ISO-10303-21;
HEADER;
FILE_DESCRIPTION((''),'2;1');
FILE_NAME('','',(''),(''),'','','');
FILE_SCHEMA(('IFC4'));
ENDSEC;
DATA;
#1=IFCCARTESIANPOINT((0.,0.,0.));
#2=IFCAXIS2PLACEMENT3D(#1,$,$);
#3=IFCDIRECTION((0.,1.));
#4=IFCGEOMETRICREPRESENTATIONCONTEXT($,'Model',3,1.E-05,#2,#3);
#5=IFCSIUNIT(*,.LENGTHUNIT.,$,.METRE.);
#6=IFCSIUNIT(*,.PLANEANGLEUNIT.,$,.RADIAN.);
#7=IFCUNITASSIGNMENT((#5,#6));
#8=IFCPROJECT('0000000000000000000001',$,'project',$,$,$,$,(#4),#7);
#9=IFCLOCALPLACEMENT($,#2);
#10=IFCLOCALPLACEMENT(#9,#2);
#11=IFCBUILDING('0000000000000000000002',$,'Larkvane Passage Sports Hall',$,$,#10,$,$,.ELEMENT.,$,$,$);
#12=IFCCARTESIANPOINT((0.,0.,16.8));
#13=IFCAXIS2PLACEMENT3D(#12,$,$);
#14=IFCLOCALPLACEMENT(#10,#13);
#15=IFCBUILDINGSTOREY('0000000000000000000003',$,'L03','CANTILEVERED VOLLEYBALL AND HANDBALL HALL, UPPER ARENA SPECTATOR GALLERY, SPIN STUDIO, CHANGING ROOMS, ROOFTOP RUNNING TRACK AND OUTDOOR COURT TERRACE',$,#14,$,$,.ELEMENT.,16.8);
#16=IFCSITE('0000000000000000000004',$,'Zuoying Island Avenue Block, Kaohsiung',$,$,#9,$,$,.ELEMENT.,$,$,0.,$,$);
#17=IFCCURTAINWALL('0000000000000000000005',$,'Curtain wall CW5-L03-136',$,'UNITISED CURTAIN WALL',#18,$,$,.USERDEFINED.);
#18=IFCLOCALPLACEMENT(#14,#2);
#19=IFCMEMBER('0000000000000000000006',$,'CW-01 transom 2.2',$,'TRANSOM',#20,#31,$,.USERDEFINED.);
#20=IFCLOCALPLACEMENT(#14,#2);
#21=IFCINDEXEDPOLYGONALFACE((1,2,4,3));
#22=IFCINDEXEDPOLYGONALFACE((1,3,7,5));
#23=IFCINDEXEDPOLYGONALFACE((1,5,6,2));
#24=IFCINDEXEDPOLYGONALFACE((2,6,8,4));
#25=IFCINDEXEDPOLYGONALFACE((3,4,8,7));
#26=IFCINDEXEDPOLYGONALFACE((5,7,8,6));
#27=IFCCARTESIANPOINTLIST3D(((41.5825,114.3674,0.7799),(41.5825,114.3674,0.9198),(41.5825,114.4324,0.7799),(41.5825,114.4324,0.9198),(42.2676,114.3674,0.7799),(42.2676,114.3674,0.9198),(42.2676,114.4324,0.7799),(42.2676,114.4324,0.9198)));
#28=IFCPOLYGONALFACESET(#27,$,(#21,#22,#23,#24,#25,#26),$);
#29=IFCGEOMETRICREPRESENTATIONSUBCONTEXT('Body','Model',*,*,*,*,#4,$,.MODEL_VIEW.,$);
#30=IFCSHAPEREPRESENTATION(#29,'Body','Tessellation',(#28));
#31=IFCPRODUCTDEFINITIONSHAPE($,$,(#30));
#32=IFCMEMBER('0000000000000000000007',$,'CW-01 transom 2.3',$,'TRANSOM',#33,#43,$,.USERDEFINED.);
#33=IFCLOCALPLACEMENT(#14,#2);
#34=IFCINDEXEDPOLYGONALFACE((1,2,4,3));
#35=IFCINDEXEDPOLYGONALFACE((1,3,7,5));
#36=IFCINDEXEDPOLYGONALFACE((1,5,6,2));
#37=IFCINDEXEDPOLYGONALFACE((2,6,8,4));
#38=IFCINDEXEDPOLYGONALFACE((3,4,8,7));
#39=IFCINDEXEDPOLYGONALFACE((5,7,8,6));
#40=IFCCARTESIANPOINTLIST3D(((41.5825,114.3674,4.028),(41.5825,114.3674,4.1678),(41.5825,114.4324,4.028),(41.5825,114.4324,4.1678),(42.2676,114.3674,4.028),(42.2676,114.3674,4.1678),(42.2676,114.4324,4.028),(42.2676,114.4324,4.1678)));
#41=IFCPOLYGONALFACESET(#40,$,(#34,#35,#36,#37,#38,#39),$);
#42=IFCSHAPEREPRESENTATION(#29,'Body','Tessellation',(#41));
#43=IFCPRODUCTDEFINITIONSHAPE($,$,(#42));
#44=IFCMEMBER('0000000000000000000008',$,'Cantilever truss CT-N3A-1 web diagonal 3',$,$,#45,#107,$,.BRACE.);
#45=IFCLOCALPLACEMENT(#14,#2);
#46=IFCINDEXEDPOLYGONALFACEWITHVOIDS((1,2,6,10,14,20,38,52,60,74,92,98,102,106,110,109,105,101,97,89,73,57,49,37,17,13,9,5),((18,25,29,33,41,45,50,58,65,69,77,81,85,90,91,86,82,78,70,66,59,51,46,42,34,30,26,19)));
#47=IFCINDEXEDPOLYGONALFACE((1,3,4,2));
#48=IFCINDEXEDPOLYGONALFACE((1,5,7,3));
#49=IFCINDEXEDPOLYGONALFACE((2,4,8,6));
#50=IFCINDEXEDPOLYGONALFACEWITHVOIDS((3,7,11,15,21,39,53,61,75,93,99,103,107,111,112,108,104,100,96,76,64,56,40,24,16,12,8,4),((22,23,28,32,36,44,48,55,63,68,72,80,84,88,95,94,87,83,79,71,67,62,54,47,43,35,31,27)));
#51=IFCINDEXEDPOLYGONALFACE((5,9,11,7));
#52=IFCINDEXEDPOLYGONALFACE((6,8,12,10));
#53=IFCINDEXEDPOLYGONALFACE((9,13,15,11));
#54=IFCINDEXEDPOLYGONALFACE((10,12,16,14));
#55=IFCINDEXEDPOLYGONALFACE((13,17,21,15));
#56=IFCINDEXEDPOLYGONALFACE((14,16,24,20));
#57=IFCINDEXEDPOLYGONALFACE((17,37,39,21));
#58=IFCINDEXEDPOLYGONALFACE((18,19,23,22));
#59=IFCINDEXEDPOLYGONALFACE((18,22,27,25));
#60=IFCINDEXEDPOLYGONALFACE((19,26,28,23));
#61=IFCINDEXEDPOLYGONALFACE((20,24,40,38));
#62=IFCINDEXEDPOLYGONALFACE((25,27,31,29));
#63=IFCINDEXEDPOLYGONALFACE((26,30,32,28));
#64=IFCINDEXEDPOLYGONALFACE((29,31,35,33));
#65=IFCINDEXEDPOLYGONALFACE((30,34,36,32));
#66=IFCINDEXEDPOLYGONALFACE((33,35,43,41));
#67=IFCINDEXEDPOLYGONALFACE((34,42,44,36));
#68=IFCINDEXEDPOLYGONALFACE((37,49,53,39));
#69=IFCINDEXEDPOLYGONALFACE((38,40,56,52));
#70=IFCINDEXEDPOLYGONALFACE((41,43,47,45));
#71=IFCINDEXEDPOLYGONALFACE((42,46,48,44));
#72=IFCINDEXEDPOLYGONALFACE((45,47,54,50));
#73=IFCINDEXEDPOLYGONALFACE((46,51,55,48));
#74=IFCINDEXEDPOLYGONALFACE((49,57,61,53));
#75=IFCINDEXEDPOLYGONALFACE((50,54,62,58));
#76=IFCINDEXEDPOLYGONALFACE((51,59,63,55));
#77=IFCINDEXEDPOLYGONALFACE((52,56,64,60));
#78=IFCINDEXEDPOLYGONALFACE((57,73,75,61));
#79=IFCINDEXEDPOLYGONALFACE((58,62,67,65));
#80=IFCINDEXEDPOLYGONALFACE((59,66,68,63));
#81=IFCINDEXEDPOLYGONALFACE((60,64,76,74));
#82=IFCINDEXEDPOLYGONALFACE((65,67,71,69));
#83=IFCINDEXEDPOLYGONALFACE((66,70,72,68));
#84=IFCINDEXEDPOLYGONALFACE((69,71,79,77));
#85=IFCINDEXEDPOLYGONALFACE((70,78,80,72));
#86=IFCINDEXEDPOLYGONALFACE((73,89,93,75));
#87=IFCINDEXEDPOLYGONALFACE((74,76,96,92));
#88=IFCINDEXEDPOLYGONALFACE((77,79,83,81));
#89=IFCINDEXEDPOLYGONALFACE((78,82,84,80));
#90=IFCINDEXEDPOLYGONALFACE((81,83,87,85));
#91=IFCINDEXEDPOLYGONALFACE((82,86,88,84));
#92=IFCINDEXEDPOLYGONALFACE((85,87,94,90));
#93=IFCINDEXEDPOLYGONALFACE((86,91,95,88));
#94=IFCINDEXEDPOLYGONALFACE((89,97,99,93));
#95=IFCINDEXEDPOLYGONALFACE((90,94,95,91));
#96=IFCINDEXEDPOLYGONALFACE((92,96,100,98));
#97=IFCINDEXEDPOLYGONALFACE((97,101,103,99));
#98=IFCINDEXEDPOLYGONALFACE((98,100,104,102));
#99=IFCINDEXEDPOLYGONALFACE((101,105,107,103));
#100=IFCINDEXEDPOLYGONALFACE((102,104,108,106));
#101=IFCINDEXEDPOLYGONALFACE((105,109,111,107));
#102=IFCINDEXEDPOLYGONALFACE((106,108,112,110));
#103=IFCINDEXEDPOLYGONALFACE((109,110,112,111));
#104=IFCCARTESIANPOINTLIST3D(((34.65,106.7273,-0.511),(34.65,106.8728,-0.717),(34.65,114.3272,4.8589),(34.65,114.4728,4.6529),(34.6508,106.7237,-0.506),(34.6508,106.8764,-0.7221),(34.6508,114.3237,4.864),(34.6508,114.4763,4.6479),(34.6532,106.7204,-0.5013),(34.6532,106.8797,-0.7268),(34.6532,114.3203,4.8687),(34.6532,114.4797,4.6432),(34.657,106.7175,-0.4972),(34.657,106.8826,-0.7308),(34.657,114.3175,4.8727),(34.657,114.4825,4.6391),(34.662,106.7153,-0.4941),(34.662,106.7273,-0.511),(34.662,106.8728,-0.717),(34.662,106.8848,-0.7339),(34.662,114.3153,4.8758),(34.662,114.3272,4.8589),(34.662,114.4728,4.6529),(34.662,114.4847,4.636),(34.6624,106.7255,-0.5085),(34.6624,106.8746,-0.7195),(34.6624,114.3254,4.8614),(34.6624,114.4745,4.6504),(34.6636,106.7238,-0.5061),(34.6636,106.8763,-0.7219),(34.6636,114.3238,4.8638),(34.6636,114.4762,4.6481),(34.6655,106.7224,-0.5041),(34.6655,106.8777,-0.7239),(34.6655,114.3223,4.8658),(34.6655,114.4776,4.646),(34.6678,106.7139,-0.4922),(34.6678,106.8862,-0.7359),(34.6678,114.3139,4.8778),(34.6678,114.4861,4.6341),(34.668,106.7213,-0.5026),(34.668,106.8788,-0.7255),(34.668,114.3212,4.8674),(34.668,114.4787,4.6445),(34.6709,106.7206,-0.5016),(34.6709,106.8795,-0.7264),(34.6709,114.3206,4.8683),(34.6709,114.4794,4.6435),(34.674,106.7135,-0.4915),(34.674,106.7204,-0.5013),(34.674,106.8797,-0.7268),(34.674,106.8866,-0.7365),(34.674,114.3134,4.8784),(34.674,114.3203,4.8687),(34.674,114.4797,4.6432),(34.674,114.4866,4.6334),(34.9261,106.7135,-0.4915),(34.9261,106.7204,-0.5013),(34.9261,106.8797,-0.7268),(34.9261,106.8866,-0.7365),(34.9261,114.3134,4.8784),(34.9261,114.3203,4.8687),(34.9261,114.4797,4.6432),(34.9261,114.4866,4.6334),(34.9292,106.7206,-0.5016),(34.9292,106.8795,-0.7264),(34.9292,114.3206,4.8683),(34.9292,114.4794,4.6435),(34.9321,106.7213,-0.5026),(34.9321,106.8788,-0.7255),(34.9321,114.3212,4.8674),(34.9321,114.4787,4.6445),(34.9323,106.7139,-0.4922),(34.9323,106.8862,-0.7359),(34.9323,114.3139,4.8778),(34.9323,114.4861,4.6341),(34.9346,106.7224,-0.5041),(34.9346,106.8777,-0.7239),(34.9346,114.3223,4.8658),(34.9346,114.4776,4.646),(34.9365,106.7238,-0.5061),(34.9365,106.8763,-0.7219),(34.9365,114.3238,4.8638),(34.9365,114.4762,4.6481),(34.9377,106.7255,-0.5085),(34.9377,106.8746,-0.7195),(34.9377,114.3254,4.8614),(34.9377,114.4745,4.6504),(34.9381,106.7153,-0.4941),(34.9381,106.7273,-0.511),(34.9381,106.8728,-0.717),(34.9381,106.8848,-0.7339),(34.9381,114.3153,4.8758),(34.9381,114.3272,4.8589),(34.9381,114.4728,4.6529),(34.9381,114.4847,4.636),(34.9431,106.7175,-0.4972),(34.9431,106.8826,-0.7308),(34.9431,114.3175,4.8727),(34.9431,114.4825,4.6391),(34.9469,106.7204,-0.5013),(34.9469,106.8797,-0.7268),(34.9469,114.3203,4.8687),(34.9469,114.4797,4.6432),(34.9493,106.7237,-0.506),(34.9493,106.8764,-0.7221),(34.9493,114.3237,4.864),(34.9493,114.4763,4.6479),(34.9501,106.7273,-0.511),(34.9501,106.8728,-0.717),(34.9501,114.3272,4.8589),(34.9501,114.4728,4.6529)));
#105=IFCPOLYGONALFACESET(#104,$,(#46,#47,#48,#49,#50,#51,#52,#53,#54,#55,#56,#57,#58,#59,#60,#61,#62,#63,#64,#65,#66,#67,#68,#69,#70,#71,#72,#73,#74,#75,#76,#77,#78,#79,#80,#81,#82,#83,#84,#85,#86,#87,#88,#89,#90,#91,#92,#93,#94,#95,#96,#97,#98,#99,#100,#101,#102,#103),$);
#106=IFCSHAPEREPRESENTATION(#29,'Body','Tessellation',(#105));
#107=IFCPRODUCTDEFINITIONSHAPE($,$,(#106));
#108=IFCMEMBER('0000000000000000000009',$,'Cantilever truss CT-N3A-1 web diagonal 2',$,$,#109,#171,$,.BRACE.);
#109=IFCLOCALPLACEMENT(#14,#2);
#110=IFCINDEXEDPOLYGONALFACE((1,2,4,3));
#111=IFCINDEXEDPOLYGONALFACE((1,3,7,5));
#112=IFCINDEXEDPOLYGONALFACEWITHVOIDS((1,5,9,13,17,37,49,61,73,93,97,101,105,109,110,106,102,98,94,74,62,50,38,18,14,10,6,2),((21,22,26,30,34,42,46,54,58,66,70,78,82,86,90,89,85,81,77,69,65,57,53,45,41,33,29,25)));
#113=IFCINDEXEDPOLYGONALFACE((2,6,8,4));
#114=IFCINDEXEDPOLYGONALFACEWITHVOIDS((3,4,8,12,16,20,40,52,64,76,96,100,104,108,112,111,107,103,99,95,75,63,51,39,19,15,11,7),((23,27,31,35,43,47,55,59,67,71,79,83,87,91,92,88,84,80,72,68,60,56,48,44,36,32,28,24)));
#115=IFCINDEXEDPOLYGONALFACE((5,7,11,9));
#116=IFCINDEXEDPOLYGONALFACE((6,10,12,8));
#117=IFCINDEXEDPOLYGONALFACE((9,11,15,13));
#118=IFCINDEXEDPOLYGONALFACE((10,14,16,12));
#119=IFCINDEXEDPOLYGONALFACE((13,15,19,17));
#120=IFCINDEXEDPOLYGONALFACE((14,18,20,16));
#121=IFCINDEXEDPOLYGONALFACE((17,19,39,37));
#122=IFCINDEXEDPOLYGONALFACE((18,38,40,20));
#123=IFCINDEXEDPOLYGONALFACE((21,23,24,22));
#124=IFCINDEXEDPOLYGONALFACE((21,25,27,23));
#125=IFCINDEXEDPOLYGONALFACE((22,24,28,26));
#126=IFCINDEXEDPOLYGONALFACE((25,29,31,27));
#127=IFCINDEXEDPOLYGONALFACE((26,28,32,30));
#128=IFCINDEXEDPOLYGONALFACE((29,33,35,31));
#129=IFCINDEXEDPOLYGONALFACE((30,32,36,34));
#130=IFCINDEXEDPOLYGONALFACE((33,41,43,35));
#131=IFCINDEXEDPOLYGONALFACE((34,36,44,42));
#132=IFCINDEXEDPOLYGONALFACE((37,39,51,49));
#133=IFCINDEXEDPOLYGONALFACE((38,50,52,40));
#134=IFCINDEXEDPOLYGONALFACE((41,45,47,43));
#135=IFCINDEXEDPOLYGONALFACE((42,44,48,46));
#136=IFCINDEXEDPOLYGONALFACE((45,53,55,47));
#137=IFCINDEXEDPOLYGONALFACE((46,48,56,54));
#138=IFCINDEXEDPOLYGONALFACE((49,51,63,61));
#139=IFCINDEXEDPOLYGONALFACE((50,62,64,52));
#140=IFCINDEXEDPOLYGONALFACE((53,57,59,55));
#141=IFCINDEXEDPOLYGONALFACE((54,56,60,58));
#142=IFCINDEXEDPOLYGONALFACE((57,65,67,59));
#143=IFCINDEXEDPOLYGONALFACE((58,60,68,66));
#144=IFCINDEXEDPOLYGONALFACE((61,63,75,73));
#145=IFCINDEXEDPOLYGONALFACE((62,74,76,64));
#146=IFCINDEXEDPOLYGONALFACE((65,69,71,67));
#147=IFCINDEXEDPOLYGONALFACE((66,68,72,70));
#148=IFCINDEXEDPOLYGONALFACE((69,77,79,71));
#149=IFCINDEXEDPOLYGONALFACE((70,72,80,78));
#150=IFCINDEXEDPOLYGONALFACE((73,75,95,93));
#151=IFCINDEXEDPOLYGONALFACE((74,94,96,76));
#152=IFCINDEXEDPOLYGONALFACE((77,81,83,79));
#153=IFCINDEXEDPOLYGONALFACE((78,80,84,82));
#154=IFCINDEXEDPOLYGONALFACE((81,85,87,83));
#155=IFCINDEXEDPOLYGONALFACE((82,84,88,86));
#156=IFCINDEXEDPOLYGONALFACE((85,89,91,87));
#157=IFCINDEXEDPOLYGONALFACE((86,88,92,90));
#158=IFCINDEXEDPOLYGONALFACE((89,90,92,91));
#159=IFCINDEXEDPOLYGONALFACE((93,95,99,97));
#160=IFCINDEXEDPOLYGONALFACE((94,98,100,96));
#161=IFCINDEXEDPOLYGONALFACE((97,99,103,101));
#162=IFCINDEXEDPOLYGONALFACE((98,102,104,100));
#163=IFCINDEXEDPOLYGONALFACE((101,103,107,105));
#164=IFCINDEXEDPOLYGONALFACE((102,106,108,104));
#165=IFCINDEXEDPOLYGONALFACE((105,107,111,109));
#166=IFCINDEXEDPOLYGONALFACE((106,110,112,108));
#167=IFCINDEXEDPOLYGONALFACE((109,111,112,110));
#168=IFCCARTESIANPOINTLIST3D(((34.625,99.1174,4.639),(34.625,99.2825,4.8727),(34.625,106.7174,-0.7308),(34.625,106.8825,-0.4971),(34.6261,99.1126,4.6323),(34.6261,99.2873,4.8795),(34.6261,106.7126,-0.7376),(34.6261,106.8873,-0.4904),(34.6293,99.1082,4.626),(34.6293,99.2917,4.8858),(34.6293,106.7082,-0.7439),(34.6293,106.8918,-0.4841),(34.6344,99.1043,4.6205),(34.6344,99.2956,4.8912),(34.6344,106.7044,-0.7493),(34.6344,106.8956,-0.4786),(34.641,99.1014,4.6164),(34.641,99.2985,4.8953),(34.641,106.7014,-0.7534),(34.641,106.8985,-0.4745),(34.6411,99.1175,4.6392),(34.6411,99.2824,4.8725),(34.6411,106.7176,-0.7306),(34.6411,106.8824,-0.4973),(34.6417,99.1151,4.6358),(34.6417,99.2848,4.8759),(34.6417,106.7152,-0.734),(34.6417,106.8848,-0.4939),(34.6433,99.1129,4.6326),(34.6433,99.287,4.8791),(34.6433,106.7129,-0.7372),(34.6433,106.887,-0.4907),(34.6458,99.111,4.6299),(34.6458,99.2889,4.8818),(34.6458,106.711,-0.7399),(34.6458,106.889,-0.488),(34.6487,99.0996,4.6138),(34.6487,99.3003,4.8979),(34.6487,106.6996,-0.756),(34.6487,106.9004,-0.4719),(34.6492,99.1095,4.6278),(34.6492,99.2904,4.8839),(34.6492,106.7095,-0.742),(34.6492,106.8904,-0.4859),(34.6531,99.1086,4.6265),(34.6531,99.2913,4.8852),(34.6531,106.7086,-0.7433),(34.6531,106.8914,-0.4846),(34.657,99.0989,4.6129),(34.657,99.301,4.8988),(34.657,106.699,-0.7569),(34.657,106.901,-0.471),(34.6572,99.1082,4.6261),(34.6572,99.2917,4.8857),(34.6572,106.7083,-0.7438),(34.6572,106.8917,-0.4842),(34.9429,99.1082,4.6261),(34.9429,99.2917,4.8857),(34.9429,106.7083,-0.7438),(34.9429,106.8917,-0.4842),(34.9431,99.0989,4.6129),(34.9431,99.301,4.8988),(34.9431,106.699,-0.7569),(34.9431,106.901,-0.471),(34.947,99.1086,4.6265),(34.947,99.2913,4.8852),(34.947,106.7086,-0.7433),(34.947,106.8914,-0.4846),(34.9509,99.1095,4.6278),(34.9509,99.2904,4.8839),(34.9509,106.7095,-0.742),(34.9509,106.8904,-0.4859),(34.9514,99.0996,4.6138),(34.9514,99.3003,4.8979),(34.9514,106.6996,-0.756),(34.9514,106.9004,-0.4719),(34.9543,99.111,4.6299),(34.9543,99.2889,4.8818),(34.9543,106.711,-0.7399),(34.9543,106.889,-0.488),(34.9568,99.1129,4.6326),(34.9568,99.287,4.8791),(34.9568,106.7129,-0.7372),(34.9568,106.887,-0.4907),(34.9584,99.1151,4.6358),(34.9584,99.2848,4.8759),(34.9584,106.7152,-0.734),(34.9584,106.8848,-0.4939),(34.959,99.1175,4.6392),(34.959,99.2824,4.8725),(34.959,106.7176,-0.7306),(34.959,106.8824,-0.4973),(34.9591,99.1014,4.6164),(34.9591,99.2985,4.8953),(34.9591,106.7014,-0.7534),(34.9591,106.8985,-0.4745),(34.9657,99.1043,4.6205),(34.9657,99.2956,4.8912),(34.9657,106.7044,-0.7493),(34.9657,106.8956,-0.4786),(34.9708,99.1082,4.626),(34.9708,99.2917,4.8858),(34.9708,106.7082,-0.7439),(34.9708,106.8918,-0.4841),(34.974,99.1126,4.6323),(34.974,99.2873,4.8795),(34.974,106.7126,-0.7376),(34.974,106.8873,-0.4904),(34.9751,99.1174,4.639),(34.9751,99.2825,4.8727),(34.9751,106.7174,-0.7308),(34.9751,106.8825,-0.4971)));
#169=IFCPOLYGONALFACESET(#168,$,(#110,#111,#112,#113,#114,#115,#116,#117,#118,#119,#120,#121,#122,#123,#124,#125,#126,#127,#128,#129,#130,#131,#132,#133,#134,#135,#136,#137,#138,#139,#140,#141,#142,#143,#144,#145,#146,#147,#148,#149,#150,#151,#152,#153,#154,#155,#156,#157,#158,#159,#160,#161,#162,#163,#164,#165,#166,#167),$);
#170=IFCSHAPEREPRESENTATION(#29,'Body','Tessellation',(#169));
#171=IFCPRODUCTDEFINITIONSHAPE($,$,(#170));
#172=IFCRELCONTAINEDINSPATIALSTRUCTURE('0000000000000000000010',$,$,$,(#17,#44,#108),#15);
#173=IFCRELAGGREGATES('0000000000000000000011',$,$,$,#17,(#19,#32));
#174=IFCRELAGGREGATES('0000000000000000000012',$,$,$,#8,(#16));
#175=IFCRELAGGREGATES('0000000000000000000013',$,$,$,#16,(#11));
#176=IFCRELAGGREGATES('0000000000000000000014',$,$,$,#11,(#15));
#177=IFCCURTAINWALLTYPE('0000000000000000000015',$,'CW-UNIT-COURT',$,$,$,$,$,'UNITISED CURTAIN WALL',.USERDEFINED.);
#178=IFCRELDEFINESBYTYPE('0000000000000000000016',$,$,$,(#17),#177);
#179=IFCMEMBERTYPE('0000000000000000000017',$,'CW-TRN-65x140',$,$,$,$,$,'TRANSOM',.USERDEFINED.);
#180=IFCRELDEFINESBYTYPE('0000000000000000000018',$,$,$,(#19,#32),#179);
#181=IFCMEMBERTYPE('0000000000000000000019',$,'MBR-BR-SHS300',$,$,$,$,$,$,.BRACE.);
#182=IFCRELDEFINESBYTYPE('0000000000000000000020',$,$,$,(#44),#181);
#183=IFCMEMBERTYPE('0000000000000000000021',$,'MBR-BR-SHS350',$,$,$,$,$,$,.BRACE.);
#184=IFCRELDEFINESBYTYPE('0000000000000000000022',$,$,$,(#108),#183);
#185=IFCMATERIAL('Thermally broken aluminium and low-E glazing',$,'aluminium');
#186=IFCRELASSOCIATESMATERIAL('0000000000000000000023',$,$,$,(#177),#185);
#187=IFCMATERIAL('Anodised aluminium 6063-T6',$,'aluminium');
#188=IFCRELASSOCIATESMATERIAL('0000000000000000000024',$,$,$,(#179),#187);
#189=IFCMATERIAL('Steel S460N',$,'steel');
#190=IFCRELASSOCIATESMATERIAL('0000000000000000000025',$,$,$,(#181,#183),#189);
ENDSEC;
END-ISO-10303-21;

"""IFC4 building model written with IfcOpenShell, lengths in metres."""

from ifc_helpers import new_model, si_unit, direction, frame, origin, origin_2d, place, context, subcontext, project, spatial, rectangle, hollow_rectangle, extrude, material, material_profile, profile_set, type_object, element, aggregate, save


model = new_model("IFC4")

# Units and contexts
model_context = context("Model", 3, precision=1e-05, world=origin(), true_north=direction((0.0, 1.0)))
body_context = subcontext(model_context, "Body", "Model", "MODEL_VIEW")
ifc_project = project(units=[si_unit("LENGTHUNIT", "METRE"), si_unit("PLANEANGLEUNIT", "RADIAN")], contexts=[model_context])

# Site, building, storey
site_placement = place(None, origin())
site = spatial("IfcSite", under=ifc_project, at=site_placement, Name="Zuoying Island Avenue Block, Kaohsiung", CompositionType="ELEMENT", RefElevation=0.0)
building_placement = place(site_placement, origin())
building = spatial("IfcBuilding", under=site, at=building_placement, Name="Larkvane Passage Sports Hall", CompositionType="ELEMENT")
storey_placement = place(building_placement, frame((0.0, 0.0, 16.8)))
storey = spatial("IfcBuildingStorey", under=building, at=storey_placement, Name="L03", Description="CANTILEVERED VOLLEYBALL AND HANDBALL HALL, UPPER ARENA SPECTATOR GALLERY, SPIN STUDIO, CHANGING ROOMS, ROOFTOP RUNNING TRACK AND OUTDOOR COURT TERRACE", CompositionType="ELEMENT", Elevation=16.8)

# Shared definitions
ifc_material_1 = material(Name="Steel S460N", Category="steel")

# Curtain wall, members
ifc_material_2 = material(Name="Thermally broken aluminium and low-E glazing", Category="aluminium")
curtain_wall_type = type_object("IfcCurtainWallType", Name="CW-UNIT-COURT", ElementType="UNITISED CURTAIN WALL", PredefinedType="USERDEFINED", material=ifc_material_2)
curtain_wall_placement = place(storey_placement, origin())
curtain_wall = element("IfcCurtainWall", 1, at=curtain_wall_placement, inside=storey, type_object=curtain_wall_type, Name="Curtain wall CW5-L03-136", ObjectType="UNITISED CURTAIN WALL", PredefinedType="USERDEFINED")
ifc_material_3 = material(Name="Anodised aluminium 6063-T6", Category="aluminium")
ifc_material_profile_1 = material_profile(ifc_material_3, rectangle(XDim=0.0649, YDim=0.1399, at=origin_2d()), Name="ALU-TRN-65x140")
ifc_profile_set_1 = profile_set([ifc_material_profile_1], Name="Anodised aluminium 6063-T6")
member_type_1 = type_object("IfcMemberType", Name="CW-TRN-65x140", ElementType="TRANSOM", PredefinedType="USERDEFINED", material=ifc_profile_set_1)
member_1_placement = place(storey_placement, frame((41.5825, 114.3999, 0.8499), z_axis=(1.0, 0.0, 0.0), x_axis=(0.0, 1.0, 0.0)))
member_1 = element("IfcMember", 2, at=member_1_placement, type_object=member_type_1, Name="CW-01 transom 2.2", ObjectType="TRANSOM", PredefinedType="USERDEFINED", context=body_context, shape_type="SweptSolid", body=[
    extrude(rectangle(XDim=0.0649, YDim=0.1399, at=origin_2d()), origin(), (0.0, 0.0, 1.0), 0.6851),
])
member_2_placement = place(storey_placement, frame((41.5825, 114.3999, 4.0979), z_axis=(1.0, 0.0, 0.0), x_axis=(0.0, 1.0, 0.0)))
member_2 = element("IfcMember", 3, at=member_2_placement, type_object=member_type_1, Name="CW-01 transom 2.3", ObjectType="TRANSOM", PredefinedType="USERDEFINED", context=body_context, shape_type="SweptSolid", body=[
    extrude(rectangle(XDim=0.0649, YDim=0.1399, at=origin_2d()), origin(), (0.0, 0.0, 1.0), 0.6851),
])

# Members
ifc_material_profile_2 = material_profile(ifc_material_1, hollow_rectangle(XDim=0.3, YDim=0.3, WallThickness=0.012, InnerFilletRadius=0.012, OuterFilletRadius=0.0239, at=origin_2d()), Name="SHS-300x300x12")
ifc_profile_set_2 = profile_set([ifc_material_profile_2], Name="Steel S460N")
member_type_2 = type_object("IfcMemberType", Name="MBR-BR-SHS300", PredefinedType="BRACE", material=ifc_profile_set_2)
member_3_placement = place(storey_placement, frame((34.8, 106.8, -0.614), z_axis=(0.0, 0.816701, 0.577061), x_axis=(-1.0, 0.0, 0.0)))
element("IfcMember", 4, at=member_3_placement, inside=storey, type_object=member_type_2, Name="Cantilever truss CT-N3A-1 web diagonal 3", PredefinedType="BRACE", context=body_context, shape_type="SweptSolid", body=[
    extrude(hollow_rectangle(XDim=0.3, YDim=0.3, WallThickness=0.012, InnerFilletRadius=0.012, OuterFilletRadius=0.0239, at=origin_2d()), origin(), (0.0, 0.0, 1.0), 9.3057),
])
ifc_material_profile_3 = material_profile(ifc_material_1, hollow_rectangle(XDim=0.3501, YDim=0.3501, WallThickness=0.0161, InnerFilletRadius=0.0161, OuterFilletRadius=0.032, at=origin_2d()), Name="SHS-350x350x16")
ifc_profile_set_3 = profile_set([ifc_material_profile_3], Name="Steel S460N")
member_type_3 = type_object("IfcMemberType", Name="MBR-BR-SHS350", PredefinedType="BRACE", material=ifc_profile_set_3)
member_4_placement = place(storey_placement, frame((34.8, 99.2, 4.7559), z_axis=(0.0, 0.81671, -0.577049), x_axis=(-1.0, 0.0, 0.0)))
element("IfcMember", 5, at=member_4_placement, inside=storey, type_object=member_type_3, Name="Cantilever truss CT-N3A-1 web diagonal 2", PredefinedType="BRACE", context=body_context, shape_type="SweptSolid", body=[
    extrude(hollow_rectangle(XDim=0.3501, YDim=0.3501, WallThickness=0.0161, InnerFilletRadius=0.0161, OuterFilletRadius=0.032, at=origin_2d()), origin(), (0.0, 0.0, 1.0), 9.3057),
])

aggregate(curtain_wall, [member_1, member_2])

save(model, "model.ifc")
